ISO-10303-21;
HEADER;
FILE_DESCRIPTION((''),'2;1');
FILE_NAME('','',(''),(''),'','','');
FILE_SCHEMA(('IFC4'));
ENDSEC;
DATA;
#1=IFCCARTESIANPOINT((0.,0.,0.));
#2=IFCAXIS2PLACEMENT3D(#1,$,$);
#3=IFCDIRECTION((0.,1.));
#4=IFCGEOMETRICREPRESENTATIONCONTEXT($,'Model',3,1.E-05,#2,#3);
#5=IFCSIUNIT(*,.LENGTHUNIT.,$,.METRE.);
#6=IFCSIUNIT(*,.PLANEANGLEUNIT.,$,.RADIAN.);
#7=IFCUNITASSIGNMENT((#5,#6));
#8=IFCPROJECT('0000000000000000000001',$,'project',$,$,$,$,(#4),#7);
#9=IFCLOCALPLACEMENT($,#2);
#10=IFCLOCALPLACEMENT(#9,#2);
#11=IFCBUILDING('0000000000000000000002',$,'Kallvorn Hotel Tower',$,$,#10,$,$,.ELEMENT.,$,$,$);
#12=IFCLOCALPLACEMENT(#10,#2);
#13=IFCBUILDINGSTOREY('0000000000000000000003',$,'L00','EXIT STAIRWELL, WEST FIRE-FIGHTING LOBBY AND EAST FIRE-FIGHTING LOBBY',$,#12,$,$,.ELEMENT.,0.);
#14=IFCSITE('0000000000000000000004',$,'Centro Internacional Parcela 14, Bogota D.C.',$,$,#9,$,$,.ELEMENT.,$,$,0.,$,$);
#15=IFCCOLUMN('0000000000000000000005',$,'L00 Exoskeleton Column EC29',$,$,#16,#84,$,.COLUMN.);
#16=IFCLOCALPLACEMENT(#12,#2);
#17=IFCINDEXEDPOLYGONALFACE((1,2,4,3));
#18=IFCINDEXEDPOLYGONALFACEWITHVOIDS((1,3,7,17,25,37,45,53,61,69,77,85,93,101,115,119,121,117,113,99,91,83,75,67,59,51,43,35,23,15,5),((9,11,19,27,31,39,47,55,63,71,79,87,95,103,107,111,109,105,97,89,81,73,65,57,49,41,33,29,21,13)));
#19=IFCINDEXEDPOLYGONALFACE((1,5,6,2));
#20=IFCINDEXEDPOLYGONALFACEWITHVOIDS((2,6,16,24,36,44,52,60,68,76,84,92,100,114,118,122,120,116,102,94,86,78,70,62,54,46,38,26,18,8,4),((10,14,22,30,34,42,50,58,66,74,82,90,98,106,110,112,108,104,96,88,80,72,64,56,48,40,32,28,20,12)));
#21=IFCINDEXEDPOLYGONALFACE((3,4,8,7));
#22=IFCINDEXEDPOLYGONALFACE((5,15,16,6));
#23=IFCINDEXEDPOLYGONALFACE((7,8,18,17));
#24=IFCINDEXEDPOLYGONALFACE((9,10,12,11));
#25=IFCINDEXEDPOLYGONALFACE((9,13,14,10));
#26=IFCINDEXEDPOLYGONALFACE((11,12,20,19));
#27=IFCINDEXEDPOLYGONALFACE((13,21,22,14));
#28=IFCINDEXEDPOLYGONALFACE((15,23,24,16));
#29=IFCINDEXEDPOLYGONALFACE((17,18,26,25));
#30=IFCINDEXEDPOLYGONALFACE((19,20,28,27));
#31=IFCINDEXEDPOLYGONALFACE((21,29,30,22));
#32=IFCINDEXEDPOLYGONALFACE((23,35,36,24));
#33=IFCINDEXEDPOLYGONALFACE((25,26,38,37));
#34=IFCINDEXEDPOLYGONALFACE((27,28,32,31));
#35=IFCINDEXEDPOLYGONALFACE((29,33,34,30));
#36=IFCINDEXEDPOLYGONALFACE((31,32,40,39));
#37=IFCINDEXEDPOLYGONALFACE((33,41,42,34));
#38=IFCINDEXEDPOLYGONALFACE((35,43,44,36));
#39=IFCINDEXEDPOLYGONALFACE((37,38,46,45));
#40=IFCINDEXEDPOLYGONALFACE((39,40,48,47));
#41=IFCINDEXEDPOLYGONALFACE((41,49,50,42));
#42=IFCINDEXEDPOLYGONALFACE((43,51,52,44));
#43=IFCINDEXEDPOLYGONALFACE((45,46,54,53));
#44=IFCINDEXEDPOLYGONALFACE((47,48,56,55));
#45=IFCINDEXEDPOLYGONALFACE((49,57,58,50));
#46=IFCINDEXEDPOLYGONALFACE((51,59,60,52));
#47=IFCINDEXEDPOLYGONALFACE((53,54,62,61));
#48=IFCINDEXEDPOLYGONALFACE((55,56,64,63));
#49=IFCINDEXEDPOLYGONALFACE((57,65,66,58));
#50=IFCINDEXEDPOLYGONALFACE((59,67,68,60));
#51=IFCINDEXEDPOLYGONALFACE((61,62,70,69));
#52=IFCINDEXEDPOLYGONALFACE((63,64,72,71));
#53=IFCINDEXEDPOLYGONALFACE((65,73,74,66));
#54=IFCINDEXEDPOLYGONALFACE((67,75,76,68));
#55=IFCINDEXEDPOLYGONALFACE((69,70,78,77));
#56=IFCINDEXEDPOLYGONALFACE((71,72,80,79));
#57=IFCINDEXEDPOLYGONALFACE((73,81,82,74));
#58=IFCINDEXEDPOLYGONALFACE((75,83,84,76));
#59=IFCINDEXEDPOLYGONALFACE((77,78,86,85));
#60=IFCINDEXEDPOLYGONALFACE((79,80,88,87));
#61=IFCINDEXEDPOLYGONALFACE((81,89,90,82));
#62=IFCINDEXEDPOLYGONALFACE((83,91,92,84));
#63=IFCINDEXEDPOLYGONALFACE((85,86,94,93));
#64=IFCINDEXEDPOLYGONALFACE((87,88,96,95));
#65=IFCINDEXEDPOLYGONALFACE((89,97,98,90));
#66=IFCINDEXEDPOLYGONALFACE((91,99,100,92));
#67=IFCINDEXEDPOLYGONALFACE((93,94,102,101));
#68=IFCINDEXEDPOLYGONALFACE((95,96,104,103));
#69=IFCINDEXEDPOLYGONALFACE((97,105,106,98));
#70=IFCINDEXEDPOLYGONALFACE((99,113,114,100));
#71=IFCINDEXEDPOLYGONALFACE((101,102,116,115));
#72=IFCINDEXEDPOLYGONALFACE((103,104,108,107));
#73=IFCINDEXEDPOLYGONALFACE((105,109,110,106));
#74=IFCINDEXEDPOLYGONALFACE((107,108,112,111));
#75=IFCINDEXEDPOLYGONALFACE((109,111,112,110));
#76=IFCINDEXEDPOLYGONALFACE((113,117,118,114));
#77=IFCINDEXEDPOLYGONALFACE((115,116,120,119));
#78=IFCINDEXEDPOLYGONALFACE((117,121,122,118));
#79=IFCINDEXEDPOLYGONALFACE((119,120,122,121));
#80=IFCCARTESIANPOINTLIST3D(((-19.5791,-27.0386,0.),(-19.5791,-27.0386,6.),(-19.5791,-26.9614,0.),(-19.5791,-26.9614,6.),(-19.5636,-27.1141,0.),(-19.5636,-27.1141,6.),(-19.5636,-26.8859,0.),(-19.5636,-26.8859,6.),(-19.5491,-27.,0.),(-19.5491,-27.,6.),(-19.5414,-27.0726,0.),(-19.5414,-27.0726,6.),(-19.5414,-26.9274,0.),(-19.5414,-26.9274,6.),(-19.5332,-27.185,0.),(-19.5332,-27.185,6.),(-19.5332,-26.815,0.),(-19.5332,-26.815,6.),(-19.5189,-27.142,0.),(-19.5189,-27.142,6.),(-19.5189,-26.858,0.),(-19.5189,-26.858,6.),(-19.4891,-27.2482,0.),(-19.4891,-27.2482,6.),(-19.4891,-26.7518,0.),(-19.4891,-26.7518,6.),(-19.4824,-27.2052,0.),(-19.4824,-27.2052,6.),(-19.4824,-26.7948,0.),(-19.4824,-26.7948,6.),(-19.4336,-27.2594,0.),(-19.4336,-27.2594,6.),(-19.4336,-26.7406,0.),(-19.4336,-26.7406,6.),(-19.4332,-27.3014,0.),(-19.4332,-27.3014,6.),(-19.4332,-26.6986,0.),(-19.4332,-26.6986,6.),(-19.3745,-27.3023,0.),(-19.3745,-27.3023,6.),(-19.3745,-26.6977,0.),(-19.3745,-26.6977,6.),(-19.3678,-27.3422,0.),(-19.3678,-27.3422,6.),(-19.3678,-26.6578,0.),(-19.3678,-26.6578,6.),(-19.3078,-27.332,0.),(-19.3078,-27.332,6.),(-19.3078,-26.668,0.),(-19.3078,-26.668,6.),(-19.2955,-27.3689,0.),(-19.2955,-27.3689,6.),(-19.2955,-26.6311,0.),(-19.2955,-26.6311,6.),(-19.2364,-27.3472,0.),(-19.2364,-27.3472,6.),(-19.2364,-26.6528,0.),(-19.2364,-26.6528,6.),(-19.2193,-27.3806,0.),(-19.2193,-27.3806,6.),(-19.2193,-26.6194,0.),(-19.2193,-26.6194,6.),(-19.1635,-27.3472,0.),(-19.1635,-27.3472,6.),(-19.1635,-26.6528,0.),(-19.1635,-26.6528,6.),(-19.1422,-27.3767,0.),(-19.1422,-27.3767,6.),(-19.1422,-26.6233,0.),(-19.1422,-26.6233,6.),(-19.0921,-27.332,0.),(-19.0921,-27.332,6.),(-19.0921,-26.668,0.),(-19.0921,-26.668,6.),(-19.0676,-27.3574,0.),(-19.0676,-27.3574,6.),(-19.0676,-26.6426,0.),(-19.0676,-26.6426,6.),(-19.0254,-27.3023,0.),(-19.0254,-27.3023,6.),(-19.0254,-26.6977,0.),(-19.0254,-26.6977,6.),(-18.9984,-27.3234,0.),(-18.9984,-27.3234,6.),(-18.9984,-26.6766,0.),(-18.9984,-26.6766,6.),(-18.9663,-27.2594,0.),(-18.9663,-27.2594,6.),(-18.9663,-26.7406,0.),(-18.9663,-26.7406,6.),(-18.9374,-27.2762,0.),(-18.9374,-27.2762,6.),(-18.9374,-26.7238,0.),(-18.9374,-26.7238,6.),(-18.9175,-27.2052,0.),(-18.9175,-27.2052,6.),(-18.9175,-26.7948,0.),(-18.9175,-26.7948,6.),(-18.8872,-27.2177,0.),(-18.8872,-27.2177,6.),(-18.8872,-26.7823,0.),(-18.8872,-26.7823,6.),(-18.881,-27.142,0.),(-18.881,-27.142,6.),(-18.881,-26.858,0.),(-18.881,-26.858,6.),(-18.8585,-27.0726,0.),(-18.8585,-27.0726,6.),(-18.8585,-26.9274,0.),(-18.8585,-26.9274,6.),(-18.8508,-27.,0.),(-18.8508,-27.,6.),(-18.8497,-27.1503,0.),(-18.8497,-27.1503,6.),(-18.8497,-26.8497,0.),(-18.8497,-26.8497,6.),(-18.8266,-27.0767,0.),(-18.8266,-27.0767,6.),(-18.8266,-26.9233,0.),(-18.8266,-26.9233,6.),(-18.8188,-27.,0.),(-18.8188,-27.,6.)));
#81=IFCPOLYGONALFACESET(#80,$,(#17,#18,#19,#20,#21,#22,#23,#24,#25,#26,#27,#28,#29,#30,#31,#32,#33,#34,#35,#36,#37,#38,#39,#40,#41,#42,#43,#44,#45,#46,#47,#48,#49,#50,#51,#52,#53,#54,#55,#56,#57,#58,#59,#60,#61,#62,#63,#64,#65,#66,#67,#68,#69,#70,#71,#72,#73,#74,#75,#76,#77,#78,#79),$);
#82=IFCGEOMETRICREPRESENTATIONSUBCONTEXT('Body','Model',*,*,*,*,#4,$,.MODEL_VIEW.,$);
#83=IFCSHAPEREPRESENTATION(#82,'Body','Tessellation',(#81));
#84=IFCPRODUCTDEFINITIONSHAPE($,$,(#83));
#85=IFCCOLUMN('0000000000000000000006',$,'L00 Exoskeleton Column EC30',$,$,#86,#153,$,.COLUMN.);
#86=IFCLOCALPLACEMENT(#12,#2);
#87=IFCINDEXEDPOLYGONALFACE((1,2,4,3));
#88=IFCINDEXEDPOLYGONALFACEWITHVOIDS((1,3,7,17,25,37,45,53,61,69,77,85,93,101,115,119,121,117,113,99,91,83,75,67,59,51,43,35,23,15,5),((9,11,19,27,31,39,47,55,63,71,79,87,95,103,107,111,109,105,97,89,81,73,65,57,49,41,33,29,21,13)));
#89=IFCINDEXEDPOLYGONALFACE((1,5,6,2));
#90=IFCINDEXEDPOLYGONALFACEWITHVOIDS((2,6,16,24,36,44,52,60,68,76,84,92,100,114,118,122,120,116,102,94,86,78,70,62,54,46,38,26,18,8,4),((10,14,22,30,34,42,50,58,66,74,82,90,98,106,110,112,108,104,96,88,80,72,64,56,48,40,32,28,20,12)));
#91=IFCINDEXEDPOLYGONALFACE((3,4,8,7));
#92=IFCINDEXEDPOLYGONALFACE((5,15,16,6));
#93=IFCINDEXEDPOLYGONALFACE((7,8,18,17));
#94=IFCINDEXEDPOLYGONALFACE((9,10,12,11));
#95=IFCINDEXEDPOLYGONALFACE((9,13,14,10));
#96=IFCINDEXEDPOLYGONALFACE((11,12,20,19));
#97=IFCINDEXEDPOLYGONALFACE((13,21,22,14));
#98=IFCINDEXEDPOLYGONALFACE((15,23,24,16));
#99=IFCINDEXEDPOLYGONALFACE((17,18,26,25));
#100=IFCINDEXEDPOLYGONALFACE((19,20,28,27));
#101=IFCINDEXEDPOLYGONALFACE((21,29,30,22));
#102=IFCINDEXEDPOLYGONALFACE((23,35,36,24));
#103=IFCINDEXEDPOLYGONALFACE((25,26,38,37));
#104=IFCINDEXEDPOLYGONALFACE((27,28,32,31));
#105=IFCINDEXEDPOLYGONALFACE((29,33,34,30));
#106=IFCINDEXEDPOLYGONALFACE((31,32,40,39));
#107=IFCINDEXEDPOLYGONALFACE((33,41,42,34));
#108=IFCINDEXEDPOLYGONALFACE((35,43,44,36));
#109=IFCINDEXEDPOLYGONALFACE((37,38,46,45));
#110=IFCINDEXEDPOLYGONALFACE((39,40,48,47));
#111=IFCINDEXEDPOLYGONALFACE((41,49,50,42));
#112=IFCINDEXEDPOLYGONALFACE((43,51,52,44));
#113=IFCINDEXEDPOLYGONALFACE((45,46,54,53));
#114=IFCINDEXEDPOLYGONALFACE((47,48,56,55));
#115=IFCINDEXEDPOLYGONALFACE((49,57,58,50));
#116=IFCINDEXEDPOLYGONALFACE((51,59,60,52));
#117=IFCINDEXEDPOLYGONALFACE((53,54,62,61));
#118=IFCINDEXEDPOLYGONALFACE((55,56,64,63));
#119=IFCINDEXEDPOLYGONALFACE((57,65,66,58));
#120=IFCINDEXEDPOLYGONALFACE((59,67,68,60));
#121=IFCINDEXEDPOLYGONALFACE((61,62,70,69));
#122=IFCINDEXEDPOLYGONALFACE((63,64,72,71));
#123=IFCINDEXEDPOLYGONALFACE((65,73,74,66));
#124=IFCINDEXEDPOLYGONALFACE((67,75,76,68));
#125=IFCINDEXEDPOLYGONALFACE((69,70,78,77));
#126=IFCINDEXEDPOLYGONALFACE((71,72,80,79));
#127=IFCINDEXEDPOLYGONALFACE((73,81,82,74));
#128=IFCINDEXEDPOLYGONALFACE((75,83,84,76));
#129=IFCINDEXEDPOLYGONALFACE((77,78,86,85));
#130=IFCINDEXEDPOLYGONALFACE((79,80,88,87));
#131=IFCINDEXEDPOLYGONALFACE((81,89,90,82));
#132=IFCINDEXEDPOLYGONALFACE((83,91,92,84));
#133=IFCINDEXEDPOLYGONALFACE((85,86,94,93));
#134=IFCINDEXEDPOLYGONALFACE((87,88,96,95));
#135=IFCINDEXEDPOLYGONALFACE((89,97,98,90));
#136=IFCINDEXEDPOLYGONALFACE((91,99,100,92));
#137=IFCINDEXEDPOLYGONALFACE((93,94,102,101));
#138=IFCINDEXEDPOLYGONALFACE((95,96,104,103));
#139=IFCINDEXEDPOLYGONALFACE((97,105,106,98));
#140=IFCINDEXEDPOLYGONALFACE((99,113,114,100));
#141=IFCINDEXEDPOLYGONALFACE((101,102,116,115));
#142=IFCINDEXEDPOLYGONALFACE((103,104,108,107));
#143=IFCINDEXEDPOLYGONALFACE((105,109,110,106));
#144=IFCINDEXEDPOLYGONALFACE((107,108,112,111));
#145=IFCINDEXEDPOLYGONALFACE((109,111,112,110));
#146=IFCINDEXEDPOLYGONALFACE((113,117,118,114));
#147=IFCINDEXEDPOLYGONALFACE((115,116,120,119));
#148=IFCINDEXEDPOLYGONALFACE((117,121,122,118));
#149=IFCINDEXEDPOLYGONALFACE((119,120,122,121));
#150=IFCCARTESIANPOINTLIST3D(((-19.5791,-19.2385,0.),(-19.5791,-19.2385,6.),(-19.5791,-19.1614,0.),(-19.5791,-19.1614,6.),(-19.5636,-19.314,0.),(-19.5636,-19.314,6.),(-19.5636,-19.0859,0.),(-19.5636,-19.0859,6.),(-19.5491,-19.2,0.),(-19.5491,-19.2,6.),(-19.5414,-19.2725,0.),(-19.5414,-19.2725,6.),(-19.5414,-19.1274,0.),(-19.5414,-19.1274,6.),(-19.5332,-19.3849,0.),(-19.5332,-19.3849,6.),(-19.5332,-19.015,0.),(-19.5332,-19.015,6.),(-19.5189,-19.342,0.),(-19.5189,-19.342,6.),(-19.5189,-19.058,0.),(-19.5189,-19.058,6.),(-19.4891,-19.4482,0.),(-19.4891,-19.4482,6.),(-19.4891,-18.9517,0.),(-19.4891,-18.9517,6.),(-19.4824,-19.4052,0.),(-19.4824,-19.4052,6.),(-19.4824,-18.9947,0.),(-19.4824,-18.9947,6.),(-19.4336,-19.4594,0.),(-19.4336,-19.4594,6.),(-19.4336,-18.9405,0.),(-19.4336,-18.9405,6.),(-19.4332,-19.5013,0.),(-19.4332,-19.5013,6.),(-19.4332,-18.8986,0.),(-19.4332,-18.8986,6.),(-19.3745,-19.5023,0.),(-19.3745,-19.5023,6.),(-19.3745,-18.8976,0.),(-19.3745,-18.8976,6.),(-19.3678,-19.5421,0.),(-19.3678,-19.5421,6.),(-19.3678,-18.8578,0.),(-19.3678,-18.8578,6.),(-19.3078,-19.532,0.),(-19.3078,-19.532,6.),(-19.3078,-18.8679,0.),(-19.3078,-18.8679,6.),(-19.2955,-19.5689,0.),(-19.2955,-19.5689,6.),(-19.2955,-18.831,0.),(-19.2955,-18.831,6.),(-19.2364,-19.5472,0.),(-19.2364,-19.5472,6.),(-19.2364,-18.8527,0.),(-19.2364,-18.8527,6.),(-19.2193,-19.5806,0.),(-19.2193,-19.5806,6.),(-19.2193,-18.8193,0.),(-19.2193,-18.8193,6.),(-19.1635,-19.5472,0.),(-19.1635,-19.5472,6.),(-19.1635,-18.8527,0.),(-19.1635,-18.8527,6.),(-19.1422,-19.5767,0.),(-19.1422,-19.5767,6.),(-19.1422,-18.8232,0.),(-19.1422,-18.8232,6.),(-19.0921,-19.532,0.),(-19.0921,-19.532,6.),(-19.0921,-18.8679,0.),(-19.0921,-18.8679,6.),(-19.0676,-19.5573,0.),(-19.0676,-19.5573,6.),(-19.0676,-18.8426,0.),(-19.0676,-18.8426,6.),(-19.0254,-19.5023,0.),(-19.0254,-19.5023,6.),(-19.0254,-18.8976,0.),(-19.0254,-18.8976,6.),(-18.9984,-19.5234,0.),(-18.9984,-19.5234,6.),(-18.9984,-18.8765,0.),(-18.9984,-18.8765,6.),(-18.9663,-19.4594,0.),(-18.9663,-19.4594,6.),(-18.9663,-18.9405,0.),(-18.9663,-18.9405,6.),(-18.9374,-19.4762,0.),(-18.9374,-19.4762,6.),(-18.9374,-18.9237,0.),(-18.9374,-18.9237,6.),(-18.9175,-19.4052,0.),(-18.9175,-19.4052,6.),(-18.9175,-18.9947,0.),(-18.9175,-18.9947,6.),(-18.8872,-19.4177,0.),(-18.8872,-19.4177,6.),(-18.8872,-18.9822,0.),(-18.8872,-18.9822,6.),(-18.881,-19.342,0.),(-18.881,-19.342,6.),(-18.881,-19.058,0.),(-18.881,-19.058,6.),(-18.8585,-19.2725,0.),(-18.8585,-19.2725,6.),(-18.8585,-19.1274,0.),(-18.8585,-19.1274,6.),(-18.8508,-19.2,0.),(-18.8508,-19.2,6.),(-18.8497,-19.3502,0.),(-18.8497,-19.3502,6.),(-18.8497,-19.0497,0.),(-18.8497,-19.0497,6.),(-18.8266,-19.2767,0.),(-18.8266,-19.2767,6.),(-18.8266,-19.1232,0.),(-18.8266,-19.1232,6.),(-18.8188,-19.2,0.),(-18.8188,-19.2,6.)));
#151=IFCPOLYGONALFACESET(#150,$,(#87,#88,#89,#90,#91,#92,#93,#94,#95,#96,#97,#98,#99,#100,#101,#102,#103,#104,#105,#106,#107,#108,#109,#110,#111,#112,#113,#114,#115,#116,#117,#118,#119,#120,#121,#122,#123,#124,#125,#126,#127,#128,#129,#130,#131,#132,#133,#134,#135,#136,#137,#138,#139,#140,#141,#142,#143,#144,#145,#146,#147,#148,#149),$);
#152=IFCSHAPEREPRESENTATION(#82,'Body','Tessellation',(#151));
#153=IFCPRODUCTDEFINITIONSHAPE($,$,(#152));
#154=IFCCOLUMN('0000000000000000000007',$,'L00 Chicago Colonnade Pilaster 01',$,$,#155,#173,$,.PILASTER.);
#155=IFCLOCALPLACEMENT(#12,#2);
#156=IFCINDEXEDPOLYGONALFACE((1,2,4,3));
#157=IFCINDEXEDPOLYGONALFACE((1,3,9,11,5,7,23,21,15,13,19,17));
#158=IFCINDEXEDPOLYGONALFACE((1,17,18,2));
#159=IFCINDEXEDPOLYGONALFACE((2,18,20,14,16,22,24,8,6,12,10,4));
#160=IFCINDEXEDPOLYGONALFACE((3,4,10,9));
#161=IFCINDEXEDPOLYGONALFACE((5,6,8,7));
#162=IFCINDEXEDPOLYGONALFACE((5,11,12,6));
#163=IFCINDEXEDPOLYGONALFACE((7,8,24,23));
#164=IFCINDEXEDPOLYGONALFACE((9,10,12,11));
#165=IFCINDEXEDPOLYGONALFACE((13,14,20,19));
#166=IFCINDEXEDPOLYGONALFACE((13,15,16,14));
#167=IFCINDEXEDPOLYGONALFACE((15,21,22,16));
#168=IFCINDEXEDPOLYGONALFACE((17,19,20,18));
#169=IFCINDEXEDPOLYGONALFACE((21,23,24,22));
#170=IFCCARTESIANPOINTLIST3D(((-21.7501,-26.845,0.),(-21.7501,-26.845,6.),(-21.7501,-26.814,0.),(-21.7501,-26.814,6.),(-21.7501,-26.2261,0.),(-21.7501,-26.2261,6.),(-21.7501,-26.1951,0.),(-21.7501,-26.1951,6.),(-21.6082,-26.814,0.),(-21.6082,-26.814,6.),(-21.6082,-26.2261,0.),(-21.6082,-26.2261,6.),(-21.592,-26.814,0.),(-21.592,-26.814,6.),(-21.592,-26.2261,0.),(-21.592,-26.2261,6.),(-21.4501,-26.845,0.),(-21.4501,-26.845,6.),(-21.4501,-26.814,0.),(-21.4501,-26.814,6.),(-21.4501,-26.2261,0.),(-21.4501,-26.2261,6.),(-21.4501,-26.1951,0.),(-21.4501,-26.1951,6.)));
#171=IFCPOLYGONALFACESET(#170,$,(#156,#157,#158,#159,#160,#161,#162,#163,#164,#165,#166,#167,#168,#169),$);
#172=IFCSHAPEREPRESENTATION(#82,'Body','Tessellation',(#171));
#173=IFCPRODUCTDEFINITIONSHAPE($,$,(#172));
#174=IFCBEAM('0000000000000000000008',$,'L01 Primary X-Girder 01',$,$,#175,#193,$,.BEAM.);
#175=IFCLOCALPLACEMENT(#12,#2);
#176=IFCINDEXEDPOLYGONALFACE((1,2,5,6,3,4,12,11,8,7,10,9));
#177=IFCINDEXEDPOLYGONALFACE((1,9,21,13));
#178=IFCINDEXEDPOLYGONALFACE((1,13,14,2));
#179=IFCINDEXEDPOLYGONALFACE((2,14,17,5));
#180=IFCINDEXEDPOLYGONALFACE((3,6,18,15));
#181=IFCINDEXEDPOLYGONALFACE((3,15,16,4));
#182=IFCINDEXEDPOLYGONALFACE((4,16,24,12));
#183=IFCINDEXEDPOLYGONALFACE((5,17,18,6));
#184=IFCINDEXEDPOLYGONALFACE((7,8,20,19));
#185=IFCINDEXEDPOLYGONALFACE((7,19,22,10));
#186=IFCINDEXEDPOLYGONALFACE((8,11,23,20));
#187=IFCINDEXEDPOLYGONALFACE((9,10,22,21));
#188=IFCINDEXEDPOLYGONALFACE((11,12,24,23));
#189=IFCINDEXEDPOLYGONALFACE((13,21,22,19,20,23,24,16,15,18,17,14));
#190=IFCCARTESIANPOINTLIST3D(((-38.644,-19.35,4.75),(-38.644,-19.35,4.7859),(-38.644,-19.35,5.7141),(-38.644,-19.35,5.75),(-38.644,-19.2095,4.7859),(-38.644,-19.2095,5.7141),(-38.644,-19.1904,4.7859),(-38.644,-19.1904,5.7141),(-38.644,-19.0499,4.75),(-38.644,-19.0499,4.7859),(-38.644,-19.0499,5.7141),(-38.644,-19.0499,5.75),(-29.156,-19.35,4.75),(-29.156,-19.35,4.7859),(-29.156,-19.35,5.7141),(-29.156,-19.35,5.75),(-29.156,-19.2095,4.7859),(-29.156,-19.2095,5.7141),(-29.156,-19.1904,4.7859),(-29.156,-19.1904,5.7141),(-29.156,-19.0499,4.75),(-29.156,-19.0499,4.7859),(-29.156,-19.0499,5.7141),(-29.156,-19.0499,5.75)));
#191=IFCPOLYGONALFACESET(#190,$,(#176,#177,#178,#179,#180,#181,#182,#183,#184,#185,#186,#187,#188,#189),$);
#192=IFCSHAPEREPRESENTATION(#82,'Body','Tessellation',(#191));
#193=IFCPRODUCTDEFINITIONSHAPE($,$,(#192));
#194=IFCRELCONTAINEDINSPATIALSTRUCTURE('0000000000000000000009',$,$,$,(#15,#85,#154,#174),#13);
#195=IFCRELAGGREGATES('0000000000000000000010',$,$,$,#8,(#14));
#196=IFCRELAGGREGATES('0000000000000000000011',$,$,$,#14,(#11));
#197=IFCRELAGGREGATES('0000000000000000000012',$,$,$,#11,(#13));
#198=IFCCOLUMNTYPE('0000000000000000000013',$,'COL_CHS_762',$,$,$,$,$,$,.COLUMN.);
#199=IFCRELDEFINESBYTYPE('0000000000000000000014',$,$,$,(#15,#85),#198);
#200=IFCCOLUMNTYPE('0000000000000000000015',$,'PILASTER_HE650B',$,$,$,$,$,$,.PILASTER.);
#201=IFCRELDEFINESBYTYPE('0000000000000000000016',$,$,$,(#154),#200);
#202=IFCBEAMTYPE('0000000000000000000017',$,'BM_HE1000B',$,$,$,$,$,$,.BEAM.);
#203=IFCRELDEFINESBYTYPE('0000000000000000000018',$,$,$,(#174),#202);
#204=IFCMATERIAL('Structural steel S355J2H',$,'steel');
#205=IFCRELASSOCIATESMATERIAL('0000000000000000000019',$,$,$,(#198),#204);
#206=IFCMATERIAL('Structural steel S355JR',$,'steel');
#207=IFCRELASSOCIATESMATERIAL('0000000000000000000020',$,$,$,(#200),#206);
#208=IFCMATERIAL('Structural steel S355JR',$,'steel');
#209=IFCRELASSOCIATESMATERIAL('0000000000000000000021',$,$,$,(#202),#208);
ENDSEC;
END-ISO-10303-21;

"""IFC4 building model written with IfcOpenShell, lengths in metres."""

from ifc_helpers import new_model, si_unit, direction, frame, origin, origin_2d, place, context, subcontext, project, spatial, hollow_circle, i_section, extrude, material, material_profile, profile_set, type_object, element, save


model = new_model("IFC4")

# Units and contexts
model_context = context("Model", 3, precision=1e-05, world=origin(), true_north=direction((0.0, 1.0)))
body_context = subcontext(model_context, "Body", "Model", "MODEL_VIEW")
ifc_project = project(units=[si_unit("LENGTHUNIT", "METRE"), si_unit("PLANEANGLEUNIT", "RADIAN")], contexts=[model_context])

# Site, building, storey
site_placement = place(None, origin())
site = spatial("IfcSite", under=ifc_project, at=site_placement, Name="Centro Internacional Parcela 14, Bogota D.C.", CompositionType="ELEMENT", RefElevation=0.0)
building_placement = place(site_placement, origin())
building = spatial("IfcBuilding", under=site, at=building_placement, Name="Kallvorn Hotel Tower", CompositionType="ELEMENT")
storey_placement = place(building_placement, origin())
storey = spatial("IfcBuildingStorey", under=building, at=storey_placement, Name="L00", Description="EXIT STAIRWELL, WEST FIRE-FIGHTING LOBBY AND EAST FIRE-FIGHTING LOBBY", CompositionType="ELEMENT", Elevation=0.0)

# Columns
ifc_material_1 = material(Name="Structural steel S355J2H", Category="steel")
ifc_material_profile_1 = material_profile(ifc_material_1, hollow_circle(Radius=0.3811, WallThickness=0.032, at=origin_2d()), Name="CHS 762x32")
ifc_profile_set_1 = profile_set([ifc_material_profile_1], Name="Structural steel S355J2H")
column_type_1 = type_object("IfcColumnType", Name="COL_CHS_762", PredefinedType="COLUMN", material=ifc_profile_set_1)
for number, where, z_axis, x_axis, name in (
    (1, (-19.2, -27.0, 0.0), (0.0, 0.0, 1.0), (1.0, 0.0, 0.0), "L00 Exoskeleton Column EC29"),
    (2, (-19.2, -19.2, 0.0), (0.0, 0.0, 1.0), (1.0, 0.0, 0.0), "L00 Exoskeleton Column EC30"),
):
    element("IfcColumn", number, at=place(storey_placement, frame(where, z_axis=z_axis, x_axis=x_axis)), inside=storey, type_object=column_type_1, Name=name, PredefinedType="COLUMN", context=body_context, shape_type="SweptSolid", body=[
        extrude(hollow_circle(Radius=0.3811, WallThickness=0.032, at=origin_2d()), origin(), (0.0, 0.0, 1.0), 6.0),
    ])
ifc_material_2 = material(Name="Structural steel S355JR", Category="steel")
ifc_material_profile_2 = material_profile(ifc_material_2, i_section(OverallWidth=0.3, OverallDepth=0.6499, WebThickness=0.0161, FlangeThickness=0.031, at=origin_2d()), Name="HE 650 B")
ifc_profile_set_2 = profile_set([ifc_material_profile_2], Name="Structural steel S355JR")
column_type_2 = type_object("IfcColumnType", Name="PILASTER_HE650B", PredefinedType="PILASTER", material=ifc_profile_set_2)
column_placement = place(storey_placement, frame((-21.6001, -26.52, 0.0), z_axis=(0.0, 0.0, 1.0), x_axis=(1.0, 0.0, 0.0)))
element("IfcColumn", 3, at=column_placement, inside=storey, type_object=column_type_2, Name="L00 Chicago Colonnade Pilaster 01", PredefinedType="PILASTER", context=body_context, shape_type="SweptSolid", body=[
    extrude(i_section(OverallWidth=0.3, OverallDepth=0.6499, WebThickness=0.0161, FlangeThickness=0.031, at=origin_2d()), origin(), (0.0, 0.0, 1.0), 6.0),
])

# Beam
ifc_material_3 = material(Name="Structural steel S355JR", Category="steel")
ifc_material_profile_3 = material_profile(ifc_material_3, i_section(OverallWidth=0.3, OverallDepth=1.0, WebThickness=0.019, FlangeThickness=0.0359, at=origin_2d()), Name="HE 1000 B")
ifc_profile_set_3 = profile_set([ifc_material_profile_3], Name="Structural steel S355JR")
beam_type_1 = type_object("IfcBeamType", Name="BM_HE1000B", PredefinedType="BEAM", material=ifc_profile_set_3)
beam_1_placement = place(storey_placement, frame((-38.644, -19.2, 5.25), z_axis=(1.0, 0.0, 0.0), x_axis=(0.0, 1.0, 0.0)))
element("IfcBeam", 4, at=beam_1_placement, inside=storey, type_object=beam_type_1, Name="L01 Primary X-Girder 01", PredefinedType="BEAM", context=body_context, shape_type="SweptSolid", body=[
    extrude(i_section(OverallWidth=0.3, OverallDepth=1.0, WebThickness=0.019, FlangeThickness=0.0359, at=origin_2d()), origin(), (0.0, 0.0, 1.0), 9.488),
])

save(model, "model.ifc")
